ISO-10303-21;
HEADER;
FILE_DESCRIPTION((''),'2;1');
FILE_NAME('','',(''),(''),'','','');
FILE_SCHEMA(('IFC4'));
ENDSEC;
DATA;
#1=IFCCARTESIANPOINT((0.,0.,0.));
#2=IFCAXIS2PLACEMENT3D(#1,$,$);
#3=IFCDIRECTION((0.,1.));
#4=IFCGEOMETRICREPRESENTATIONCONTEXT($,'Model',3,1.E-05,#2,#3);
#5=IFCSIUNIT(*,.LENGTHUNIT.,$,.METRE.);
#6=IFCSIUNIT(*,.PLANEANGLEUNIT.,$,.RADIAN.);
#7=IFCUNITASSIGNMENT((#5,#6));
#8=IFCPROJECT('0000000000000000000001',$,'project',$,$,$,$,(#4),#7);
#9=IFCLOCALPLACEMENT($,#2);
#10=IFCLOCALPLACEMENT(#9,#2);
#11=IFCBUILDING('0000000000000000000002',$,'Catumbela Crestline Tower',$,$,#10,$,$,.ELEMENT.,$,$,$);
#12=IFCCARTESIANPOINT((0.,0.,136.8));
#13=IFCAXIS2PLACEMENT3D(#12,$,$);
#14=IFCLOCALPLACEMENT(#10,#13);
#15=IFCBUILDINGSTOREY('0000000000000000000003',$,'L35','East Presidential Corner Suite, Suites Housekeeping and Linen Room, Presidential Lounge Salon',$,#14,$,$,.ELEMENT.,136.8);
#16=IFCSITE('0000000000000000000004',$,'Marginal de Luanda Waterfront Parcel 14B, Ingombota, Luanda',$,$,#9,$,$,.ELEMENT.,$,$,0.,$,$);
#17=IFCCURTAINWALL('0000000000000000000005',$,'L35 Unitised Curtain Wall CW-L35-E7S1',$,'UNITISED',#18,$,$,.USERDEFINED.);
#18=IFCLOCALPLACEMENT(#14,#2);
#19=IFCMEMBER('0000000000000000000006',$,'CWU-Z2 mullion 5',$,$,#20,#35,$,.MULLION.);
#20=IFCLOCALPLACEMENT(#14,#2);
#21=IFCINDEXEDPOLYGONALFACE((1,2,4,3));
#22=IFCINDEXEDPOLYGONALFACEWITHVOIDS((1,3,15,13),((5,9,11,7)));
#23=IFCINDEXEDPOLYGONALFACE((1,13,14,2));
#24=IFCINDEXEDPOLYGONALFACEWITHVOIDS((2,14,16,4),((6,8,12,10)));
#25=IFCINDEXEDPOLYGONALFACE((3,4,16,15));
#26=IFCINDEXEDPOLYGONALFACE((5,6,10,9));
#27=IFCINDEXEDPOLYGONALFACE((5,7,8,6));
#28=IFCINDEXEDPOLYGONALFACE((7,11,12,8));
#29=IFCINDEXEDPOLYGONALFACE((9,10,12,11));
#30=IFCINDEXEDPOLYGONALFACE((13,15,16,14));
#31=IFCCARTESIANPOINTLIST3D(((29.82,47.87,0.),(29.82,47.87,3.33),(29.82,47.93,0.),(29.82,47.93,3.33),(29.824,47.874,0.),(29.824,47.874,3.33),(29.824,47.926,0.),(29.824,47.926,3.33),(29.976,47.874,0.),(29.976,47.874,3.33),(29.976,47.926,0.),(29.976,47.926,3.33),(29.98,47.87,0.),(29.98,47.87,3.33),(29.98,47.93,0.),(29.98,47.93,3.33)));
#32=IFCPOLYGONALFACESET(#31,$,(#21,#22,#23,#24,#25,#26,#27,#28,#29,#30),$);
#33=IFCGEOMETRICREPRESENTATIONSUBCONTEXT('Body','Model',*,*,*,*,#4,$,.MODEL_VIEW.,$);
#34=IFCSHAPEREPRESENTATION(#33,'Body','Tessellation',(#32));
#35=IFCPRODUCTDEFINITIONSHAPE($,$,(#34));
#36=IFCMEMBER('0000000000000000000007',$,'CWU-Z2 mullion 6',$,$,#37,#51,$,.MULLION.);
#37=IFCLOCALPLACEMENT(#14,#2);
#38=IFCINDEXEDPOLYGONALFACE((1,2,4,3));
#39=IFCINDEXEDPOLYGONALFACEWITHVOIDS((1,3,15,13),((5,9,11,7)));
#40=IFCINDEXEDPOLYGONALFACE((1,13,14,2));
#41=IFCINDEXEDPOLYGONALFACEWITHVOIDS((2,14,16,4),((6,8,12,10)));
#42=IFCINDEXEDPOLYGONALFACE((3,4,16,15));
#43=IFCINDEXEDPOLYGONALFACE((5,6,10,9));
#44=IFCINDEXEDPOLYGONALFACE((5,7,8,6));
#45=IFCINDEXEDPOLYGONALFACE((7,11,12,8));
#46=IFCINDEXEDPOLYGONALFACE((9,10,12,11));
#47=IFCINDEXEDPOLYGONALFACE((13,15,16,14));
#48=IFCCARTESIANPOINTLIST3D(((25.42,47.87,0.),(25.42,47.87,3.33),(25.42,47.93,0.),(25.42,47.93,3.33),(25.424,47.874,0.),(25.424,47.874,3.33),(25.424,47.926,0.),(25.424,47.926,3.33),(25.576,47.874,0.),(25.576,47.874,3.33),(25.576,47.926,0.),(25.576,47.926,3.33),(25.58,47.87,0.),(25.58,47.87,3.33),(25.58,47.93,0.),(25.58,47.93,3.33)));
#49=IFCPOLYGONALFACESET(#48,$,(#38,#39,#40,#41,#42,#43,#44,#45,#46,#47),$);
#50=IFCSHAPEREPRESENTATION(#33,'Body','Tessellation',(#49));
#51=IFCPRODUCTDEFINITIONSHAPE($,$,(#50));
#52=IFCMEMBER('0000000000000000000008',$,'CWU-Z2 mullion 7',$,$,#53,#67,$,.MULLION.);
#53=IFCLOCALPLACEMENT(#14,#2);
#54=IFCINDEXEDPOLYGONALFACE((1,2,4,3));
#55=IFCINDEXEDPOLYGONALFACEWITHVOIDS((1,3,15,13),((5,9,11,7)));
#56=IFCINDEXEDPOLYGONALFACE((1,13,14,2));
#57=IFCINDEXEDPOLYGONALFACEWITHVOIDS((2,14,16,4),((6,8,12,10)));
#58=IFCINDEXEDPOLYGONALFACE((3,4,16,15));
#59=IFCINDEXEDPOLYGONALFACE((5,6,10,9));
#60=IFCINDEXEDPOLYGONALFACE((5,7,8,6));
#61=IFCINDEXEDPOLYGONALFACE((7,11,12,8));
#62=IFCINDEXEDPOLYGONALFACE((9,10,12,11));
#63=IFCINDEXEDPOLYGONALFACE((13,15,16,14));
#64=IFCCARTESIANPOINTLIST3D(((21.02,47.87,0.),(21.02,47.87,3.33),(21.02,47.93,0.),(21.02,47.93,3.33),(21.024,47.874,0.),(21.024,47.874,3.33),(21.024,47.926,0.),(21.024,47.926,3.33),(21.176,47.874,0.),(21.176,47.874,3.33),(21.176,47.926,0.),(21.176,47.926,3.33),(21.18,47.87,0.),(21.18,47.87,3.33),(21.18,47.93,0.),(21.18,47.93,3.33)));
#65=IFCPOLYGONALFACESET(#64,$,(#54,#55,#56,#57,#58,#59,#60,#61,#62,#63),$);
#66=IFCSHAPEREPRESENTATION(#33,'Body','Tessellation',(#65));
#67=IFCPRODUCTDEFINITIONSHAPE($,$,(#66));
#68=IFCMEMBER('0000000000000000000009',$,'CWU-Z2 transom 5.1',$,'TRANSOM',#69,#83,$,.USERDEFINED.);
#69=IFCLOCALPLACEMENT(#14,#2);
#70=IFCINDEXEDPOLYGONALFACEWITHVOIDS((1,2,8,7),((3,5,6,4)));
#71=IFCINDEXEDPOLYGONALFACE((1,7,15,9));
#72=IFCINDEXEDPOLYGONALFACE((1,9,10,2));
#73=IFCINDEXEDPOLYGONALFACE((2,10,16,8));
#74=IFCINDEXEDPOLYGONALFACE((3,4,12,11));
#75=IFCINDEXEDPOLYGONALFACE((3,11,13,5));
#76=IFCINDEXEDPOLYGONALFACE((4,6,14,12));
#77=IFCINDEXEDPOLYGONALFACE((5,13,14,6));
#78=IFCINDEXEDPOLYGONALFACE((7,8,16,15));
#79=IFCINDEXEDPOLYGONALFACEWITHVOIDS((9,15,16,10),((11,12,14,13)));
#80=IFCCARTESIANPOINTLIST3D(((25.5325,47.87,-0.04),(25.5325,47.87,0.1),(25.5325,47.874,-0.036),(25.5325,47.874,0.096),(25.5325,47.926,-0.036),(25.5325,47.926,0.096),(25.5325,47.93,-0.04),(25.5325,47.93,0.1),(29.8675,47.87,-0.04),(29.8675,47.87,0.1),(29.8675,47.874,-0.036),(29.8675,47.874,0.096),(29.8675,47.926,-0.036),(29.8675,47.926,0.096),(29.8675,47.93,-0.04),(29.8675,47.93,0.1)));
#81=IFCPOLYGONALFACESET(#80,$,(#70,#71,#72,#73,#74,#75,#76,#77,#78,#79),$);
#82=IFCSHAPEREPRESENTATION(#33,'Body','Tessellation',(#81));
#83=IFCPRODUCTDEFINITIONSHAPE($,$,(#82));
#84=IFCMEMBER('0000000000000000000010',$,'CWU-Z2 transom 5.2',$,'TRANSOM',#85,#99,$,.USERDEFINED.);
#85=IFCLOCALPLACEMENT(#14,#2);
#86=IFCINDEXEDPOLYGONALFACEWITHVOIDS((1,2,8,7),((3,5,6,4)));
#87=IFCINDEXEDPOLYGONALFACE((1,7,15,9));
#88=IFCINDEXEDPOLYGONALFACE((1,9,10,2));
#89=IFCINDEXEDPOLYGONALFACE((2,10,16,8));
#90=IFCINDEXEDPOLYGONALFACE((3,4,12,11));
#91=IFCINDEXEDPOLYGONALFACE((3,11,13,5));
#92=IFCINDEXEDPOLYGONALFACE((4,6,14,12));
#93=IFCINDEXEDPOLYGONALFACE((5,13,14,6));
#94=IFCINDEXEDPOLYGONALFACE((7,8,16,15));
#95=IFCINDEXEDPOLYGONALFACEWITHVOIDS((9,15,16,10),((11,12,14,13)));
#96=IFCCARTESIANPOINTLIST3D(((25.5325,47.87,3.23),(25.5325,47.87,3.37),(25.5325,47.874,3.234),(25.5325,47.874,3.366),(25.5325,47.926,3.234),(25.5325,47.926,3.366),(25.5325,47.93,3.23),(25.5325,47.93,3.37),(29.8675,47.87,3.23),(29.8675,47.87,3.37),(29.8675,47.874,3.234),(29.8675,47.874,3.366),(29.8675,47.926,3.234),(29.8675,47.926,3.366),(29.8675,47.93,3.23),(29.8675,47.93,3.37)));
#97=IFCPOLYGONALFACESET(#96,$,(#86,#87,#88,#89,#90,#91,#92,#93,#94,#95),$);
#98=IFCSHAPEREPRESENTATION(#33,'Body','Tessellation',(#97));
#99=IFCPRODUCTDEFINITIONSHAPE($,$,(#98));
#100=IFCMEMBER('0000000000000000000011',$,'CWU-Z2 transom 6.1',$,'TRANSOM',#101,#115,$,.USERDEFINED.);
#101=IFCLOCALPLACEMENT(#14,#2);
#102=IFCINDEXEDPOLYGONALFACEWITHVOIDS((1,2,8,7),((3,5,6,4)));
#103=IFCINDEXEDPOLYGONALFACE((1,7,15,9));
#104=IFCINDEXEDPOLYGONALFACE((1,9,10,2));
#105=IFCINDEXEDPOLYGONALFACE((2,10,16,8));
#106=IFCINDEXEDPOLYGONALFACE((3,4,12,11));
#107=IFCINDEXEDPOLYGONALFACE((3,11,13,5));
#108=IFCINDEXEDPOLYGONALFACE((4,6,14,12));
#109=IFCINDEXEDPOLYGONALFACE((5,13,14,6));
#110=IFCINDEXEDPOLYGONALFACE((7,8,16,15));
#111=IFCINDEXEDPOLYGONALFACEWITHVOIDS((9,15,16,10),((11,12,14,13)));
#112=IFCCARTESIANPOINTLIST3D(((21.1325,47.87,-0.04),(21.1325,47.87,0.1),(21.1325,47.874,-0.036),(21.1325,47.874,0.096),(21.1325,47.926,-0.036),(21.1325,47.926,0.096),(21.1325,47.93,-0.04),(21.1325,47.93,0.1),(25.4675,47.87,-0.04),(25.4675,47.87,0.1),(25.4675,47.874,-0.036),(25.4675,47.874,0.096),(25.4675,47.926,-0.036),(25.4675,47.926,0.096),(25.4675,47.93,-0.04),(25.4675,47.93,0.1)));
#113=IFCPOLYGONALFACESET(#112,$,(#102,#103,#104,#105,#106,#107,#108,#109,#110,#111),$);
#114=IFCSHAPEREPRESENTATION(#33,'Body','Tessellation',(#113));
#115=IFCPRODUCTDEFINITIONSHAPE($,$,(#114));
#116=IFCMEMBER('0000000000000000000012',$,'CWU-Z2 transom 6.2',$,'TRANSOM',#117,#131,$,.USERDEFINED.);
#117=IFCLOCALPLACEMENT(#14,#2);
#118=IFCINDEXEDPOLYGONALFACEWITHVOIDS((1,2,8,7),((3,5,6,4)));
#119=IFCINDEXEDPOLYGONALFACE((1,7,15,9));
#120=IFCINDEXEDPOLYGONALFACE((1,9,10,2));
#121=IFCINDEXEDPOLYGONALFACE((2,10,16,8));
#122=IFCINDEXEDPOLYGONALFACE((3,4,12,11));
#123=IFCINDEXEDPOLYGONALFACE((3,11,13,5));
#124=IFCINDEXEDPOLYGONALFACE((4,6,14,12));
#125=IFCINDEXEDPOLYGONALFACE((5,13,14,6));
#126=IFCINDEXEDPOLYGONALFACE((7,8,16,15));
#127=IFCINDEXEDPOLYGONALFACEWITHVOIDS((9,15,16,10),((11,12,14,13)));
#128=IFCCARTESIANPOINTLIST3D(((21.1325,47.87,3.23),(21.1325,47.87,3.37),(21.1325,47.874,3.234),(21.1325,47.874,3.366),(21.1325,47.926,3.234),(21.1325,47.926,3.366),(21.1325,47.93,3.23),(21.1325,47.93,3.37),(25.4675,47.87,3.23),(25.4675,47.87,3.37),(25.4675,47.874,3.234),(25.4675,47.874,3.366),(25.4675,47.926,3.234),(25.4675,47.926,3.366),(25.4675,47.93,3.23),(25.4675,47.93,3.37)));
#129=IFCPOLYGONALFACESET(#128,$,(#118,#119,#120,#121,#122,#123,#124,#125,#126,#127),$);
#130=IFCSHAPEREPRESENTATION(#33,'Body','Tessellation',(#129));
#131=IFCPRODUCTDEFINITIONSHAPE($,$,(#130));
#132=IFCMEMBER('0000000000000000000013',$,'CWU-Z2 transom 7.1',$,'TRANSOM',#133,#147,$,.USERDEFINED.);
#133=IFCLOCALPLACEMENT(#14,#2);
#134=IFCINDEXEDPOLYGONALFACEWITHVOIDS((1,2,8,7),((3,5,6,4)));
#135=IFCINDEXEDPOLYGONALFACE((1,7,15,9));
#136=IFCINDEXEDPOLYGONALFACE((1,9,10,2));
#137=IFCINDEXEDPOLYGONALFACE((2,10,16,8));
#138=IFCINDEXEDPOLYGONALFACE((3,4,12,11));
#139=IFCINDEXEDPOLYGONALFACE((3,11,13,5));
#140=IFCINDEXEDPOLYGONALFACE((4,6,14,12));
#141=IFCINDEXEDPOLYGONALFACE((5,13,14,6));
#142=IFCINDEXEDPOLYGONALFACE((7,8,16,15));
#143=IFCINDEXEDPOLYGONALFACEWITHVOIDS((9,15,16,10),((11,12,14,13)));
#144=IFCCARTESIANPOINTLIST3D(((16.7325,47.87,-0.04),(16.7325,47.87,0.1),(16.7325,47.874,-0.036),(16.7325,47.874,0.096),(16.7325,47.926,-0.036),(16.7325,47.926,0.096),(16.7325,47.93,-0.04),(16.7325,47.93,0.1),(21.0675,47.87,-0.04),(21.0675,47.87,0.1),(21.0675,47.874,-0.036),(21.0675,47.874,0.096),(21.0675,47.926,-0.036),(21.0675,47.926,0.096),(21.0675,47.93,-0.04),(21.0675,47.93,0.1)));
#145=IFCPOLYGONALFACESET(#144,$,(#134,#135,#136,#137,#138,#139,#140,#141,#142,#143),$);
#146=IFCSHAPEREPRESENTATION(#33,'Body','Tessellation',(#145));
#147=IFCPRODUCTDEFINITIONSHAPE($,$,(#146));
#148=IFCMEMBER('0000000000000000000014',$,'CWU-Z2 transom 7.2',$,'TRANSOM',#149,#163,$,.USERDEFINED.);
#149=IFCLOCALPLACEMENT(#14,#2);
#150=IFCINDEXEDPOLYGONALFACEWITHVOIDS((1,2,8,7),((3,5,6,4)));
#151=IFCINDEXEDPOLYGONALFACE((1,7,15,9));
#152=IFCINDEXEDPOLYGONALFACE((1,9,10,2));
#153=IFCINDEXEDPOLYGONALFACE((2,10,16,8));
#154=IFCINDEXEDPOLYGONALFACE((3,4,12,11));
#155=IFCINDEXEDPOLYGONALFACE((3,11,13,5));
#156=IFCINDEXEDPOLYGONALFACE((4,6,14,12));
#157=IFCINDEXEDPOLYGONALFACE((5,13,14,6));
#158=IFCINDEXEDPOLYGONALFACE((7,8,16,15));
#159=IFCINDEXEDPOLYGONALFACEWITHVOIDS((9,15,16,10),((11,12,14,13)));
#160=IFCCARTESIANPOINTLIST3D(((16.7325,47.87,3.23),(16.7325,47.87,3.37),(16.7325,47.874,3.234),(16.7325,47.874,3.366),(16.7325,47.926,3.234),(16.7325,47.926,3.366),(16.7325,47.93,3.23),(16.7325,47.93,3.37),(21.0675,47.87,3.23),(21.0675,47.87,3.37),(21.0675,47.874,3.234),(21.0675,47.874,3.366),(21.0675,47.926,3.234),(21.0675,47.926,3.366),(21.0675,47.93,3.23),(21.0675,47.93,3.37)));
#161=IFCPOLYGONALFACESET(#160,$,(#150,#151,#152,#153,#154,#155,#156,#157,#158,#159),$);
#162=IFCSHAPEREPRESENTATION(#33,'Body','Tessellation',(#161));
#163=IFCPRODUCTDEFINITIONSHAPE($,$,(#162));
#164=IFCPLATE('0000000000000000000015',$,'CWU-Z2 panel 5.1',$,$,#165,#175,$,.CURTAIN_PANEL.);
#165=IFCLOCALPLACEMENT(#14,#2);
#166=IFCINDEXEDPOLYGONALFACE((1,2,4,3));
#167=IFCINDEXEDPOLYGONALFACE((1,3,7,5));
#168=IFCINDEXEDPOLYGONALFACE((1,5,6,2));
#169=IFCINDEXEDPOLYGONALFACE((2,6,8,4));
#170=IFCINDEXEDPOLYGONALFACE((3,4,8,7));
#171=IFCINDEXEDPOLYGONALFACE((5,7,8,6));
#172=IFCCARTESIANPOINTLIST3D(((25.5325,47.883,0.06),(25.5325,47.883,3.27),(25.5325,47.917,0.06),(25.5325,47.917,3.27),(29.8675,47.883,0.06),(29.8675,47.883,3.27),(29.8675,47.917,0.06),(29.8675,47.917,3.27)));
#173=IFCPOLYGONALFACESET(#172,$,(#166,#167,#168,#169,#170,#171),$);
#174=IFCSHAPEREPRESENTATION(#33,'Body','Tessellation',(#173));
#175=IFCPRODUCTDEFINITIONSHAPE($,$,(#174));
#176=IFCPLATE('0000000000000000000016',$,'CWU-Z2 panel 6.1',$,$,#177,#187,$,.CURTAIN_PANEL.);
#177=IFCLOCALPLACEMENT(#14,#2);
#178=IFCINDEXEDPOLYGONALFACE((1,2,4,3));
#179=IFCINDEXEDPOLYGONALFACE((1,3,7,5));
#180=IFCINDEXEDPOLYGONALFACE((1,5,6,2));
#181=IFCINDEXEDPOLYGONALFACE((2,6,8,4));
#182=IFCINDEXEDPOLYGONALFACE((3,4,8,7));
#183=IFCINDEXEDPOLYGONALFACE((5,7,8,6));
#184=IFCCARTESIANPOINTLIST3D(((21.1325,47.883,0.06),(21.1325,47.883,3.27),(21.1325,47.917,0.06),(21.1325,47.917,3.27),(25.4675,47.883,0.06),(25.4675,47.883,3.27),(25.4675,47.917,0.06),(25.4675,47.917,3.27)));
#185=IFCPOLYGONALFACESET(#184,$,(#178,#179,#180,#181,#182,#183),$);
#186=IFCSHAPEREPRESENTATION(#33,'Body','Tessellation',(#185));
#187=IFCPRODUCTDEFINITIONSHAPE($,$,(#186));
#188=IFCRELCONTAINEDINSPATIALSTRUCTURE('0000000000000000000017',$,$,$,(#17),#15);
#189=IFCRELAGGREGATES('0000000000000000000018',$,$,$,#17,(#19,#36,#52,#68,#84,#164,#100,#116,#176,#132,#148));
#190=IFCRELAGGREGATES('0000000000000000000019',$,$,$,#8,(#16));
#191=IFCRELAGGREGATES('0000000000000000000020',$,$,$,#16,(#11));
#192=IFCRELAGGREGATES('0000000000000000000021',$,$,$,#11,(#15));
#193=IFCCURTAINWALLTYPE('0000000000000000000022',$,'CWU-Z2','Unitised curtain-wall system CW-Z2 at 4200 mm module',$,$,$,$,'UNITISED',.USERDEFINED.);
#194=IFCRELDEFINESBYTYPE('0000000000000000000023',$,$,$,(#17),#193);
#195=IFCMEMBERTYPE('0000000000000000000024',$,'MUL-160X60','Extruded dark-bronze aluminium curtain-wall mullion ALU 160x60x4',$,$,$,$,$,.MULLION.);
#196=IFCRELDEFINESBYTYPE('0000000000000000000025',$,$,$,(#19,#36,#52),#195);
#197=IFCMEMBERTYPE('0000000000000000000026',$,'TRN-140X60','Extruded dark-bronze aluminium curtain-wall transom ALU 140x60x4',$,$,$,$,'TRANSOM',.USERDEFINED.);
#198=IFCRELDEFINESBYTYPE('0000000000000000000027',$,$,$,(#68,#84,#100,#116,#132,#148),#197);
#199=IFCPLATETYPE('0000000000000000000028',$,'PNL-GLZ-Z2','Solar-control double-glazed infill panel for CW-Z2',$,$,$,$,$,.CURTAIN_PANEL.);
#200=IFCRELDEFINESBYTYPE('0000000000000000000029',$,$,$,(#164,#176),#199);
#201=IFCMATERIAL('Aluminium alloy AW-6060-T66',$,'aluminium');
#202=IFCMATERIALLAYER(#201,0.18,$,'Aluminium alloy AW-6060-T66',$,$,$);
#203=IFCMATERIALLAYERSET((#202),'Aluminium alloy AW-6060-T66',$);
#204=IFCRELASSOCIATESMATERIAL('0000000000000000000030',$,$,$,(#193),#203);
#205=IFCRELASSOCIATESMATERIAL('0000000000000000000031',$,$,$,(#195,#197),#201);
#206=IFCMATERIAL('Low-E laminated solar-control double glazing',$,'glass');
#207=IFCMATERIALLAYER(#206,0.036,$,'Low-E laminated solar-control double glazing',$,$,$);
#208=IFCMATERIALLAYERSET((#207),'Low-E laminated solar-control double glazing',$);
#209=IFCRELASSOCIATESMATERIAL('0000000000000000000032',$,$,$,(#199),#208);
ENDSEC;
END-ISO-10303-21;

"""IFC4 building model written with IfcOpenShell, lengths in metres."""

from ifc_helpers import new_model, si_unit, direction, frame, origin, origin_2d, place, context, subcontext, project, spatial, rectangle, hollow_rectangle, extrude, material, layer, layer_set, material_profile, profile_set, type_object, element, aggregate, save


model = new_model("IFC4")

# Units and contexts
model_context = context("Model", 3, precision=1e-05, world=origin(), true_north=direction((0.0, 1.0)))
body_context = subcontext(model_context, "Body", "Model", "MODEL_VIEW")
ifc_project = project(units=[si_unit("LENGTHUNIT", "METRE"), si_unit("PLANEANGLEUNIT", "RADIAN")], contexts=[model_context])

# Site, building, storey
site_placement = place(None, origin())
site = spatial("IfcSite", under=ifc_project, at=site_placement, Name="Marginal de Luanda Waterfront Parcel 14B, Ingombota, Luanda", CompositionType="ELEMENT", RefElevation=0.0)
building_placement = place(site_placement, origin())
building = spatial("IfcBuilding", under=site, at=building_placement, Name="Catumbela Crestline Tower", CompositionType="ELEMENT")
storey_placement = place(building_placement, frame((0.0, 0.0, 136.8)))
storey = spatial("IfcBuildingStorey", under=building, at=storey_placement, Name="L35", Description="East Presidential Corner Suite, Suites Housekeeping and Linen Room, Presidential Lounge Salon", CompositionType="ELEMENT", Elevation=136.8)

# Curtain wall, members, plates
ifc_material_1 = material(Name="Aluminium alloy AW-6060-T66", Category="aluminium")
ifc_layer_1 = layer(ifc_material_1, 0.18, Name="Aluminium alloy AW-6060-T66")
ifc_layer_set_1 = layer_set([ifc_layer_1], Name="Aluminium alloy AW-6060-T66")
curtain_wall_type = type_object("IfcCurtainWallType", Name="CWU-Z2", Description="Unitised curtain-wall system CW-Z2 at 4200 mm module", ElementType="UNITISED", PredefinedType="USERDEFINED", material=ifc_layer_set_1)
curtain_wall_placement = place(storey_placement, origin())
curtain_wall = element("IfcCurtainWall", 1, at=curtain_wall_placement, inside=storey, type_object=curtain_wall_type, Name="L35 Unitised Curtain Wall CW-L35-E7S1", ObjectType="UNITISED", PredefinedType="USERDEFINED")
ifc_material_profile_1 = material_profile(ifc_material_1, hollow_rectangle(XDim=0.06, YDim=0.16, WallThickness=0.004, at=origin_2d()), Name="ALU 160x60x4")
ifc_profile_set_1 = profile_set([ifc_material_profile_1], Name="Aluminium alloy AW-6060-T66")
member_type_1 = type_object("IfcMemberType", Name="MUL-160X60", Description="Extruded dark-bronze aluminium curtain-wall mullion ALU 160x60x4", PredefinedType="MULLION", material=ifc_profile_set_1)
member_1_placement = place(storey_placement, frame((29.9, 47.9, 0.0), z_axis=(0.0, 0.0, 1.0), x_axis=(0.0, -1.0, 0.0)))
member_1 = element("IfcMember", 2, at=member_1_placement, type_object=member_type_1, Name="CWU-Z2 mullion 5", PredefinedType="MULLION", context=body_context, shape_type="SweptSolid", body=[
    extrude(hollow_rectangle(XDim=0.06, YDim=0.16, WallThickness=0.004, at=origin_2d()), origin(), (0.0, 0.0, 1.0), 3.33),
])
member_2_placement = place(storey_placement, frame((25.5, 47.9, 0.0), z_axis=(0.0, 0.0, 1.0), x_axis=(0.0, -1.0, 0.0)))
member_2 = element("IfcMember", 3, at=member_2_placement, type_object=member_type_1, Name="CWU-Z2 mullion 6", PredefinedType="MULLION", context=body_context, shape_type="SweptSolid", body=[
    extrude(hollow_rectangle(XDim=0.06, YDim=0.16, WallThickness=0.004, at=origin_2d()), origin(), (0.0, 0.0, 1.0), 3.33),
])
member_3_placement = place(storey_placement, frame((21.1, 47.9, 0.0), z_axis=(0.0, 0.0, 1.0), x_axis=(0.0, -1.0, 0.0)))
member_3 = element("IfcMember", 4, at=member_3_placement, type_object=member_type_1, Name="CWU-Z2 mullion 7", PredefinedType="MULLION", context=body_context, shape_type="SweptSolid", body=[
    extrude(hollow_rectangle(XDim=0.06, YDim=0.16, WallThickness=0.004, at=origin_2d()), origin(), (0.0, 0.0, 1.0), 3.33),
])
ifc_material_profile_2 = material_profile(ifc_material_1, hollow_rectangle(XDim=0.06, YDim=0.14, WallThickness=0.004, at=origin_2d()), Name="ALU 140x60x4")
ifc_profile_set_2 = profile_set([ifc_material_profile_2], Name="Aluminium alloy AW-6060-T66")
member_type_2 = type_object("IfcMemberType", Name="TRN-140X60", Description="Extruded dark-bronze aluminium curtain-wall transom ALU 140x60x4", ElementType="TRANSOM", PredefinedType="USERDEFINED", material=ifc_profile_set_2)
member_4_placement = place(storey_placement, frame((29.8675, 47.9, 0.03), z_axis=(-1.0, 0.0, 0.0), x_axis=(0.0, -1.0, 0.0)))
member_4 = element("IfcMember", 5, at=member_4_placement, type_object=member_type_2, Name="CWU-Z2 transom 5.1", ObjectType="TRANSOM", PredefinedType="USERDEFINED", context=body_context, shape_type="SweptSolid", body=[
    extrude(hollow_rectangle(XDim=0.06, YDim=0.14, WallThickness=0.004, at=origin_2d()), origin(), (0.0, 0.0, 1.0), 4.335),
])
member_5_placement = place(storey_placement, frame((29.8675, 47.9, 3.3), z_axis=(-1.0, 0.0, 0.0), x_axis=(0.0, -1.0, 0.0)))
member_5 = element("IfcMember", 6, at=member_5_placement, type_object=member_type_2, Name="CWU-Z2 transom 5.2", ObjectType="TRANSOM", PredefinedType="USERDEFINED", context=body_context, shape_type="SweptSolid", body=[
    extrude(hollow_rectangle(XDim=0.06, YDim=0.14, WallThickness=0.004, at=origin_2d()), origin(), (0.0, 0.0, 1.0), 4.335),
])
member_6_placement = place(storey_placement, frame((25.4675, 47.9, 0.03), z_axis=(-1.0, 0.0, 0.0), x_axis=(0.0, -1.0, 0.0)))
member_6 = element("IfcMember", 7, at=member_6_placement, type_object=member_type_2, Name="CWU-Z2 transom 6.1", ObjectType="TRANSOM", PredefinedType="USERDEFINED", context=body_context, shape_type="SweptSolid", body=[
    extrude(hollow_rectangle(XDim=0.06, YDim=0.14, WallThickness=0.004, at=origin_2d()), origin(), (0.0, 0.0, 1.0), 4.335),
])
member_7_placement = place(storey_placement, frame((25.4675, 47.9, 3.3), z_axis=(-1.0, 0.0, 0.0), x_axis=(0.0, -1.0, 0.0)))
member_7 = element("IfcMember", 8, at=member_7_placement, type_object=member_type_2, Name="CWU-Z2 transom 6.2", ObjectType="TRANSOM", PredefinedType="USERDEFINED", context=body_context, shape_type="SweptSolid", body=[
    extrude(hollow_rectangle(XDim=0.06, YDim=0.14, WallThickness=0.004, at=origin_2d()), origin(), (0.0, 0.0, 1.0), 4.335),
])
member_8_placement = place(storey_placement, frame((21.0675, 47.9, 0.03), z_axis=(-1.0, 0.0, 0.0), x_axis=(0.0, -1.0, 0.0)))
member_8 = element("IfcMember", 9, at=member_8_placement, type_object=member_type_2, Name="CWU-Z2 transom 7.1", ObjectType="TRANSOM", PredefinedType="USERDEFINED", context=body_context, shape_type="SweptSolid", body=[
    extrude(hollow_rectangle(XDim=0.06, YDim=0.14, WallThickness=0.004, at=origin_2d()), origin(), (0.0, 0.0, 1.0), 4.335),
])
member_9_placement = place(storey_placement, frame((21.0675, 47.9, 3.3), z_axis=(-1.0, 0.0, 0.0), x_axis=(0.0, -1.0, 0.0)))
member_9 = element("IfcMember", 10, at=member_9_placement, type_object=member_type_2, Name="CWU-Z2 transom 7.2", ObjectType="TRANSOM", PredefinedType="USERDEFINED", context=body_context, shape_type="SweptSolid", body=[
    extrude(hollow_rectangle(XDim=0.06, YDim=0.14, WallThickness=0.004, at=origin_2d()), origin(), (0.0, 0.0, 1.0), 4.335),
])
ifc_material_2 = material(Name="Low-E laminated solar-control double glazing", Category="glass")
ifc_layer_2 = layer(ifc_material_2, 0.036, Name="Low-E laminated solar-control double glazing")
ifc_layer_set_2 = layer_set([ifc_layer_2], Name="Low-E laminated solar-control double glazing")
plate_type = type_object("IfcPlateType", Name="PNL-GLZ-Z2", Description="Solar-control double-glazed infill panel for CW-Z2", PredefinedType="CURTAIN_PANEL", material=ifc_layer_set_2)
plate_1_placement = place(storey_placement, frame((27.7, 47.9, 0.06), z_axis=(0.0, 0.0, 1.0), x_axis=(-1.0, 0.0, 0.0)))
plate_1 = element("IfcPlate", 11, at=plate_1_placement, type_object=plate_type, Name="CWU-Z2 panel 5.1", PredefinedType="CURTAIN_PANEL", context=body_context, shape_type="SweptSolid", body=[
    extrude(rectangle(XDim=4.335, YDim=0.034, at=origin_2d()), origin(), (0.0, 0.0, 1.0), 3.21),
])
plate_2_placement = place(storey_placement, frame((23.3, 47.9, 0.06), z_axis=(0.0, 0.0, 1.0), x_axis=(-1.0, 0.0, 0.0)))
plate_2 = element("IfcPlate", 12, at=plate_2_placement, type_object=plate_type, Name="CWU-Z2 panel 6.1", PredefinedType="CURTAIN_PANEL", context=body_context, shape_type="SweptSolid", body=[
    extrude(rectangle(XDim=4.335, YDim=0.034, at=origin_2d()), origin(), (0.0, 0.0, 1.0), 3.21),
])
aggregate(curtain_wall, [member_1, member_2, member_3, member_4, member_5, plate_1, member_6, member_7, plate_2, member_8, member_9])

save(model, "model.ifc")
